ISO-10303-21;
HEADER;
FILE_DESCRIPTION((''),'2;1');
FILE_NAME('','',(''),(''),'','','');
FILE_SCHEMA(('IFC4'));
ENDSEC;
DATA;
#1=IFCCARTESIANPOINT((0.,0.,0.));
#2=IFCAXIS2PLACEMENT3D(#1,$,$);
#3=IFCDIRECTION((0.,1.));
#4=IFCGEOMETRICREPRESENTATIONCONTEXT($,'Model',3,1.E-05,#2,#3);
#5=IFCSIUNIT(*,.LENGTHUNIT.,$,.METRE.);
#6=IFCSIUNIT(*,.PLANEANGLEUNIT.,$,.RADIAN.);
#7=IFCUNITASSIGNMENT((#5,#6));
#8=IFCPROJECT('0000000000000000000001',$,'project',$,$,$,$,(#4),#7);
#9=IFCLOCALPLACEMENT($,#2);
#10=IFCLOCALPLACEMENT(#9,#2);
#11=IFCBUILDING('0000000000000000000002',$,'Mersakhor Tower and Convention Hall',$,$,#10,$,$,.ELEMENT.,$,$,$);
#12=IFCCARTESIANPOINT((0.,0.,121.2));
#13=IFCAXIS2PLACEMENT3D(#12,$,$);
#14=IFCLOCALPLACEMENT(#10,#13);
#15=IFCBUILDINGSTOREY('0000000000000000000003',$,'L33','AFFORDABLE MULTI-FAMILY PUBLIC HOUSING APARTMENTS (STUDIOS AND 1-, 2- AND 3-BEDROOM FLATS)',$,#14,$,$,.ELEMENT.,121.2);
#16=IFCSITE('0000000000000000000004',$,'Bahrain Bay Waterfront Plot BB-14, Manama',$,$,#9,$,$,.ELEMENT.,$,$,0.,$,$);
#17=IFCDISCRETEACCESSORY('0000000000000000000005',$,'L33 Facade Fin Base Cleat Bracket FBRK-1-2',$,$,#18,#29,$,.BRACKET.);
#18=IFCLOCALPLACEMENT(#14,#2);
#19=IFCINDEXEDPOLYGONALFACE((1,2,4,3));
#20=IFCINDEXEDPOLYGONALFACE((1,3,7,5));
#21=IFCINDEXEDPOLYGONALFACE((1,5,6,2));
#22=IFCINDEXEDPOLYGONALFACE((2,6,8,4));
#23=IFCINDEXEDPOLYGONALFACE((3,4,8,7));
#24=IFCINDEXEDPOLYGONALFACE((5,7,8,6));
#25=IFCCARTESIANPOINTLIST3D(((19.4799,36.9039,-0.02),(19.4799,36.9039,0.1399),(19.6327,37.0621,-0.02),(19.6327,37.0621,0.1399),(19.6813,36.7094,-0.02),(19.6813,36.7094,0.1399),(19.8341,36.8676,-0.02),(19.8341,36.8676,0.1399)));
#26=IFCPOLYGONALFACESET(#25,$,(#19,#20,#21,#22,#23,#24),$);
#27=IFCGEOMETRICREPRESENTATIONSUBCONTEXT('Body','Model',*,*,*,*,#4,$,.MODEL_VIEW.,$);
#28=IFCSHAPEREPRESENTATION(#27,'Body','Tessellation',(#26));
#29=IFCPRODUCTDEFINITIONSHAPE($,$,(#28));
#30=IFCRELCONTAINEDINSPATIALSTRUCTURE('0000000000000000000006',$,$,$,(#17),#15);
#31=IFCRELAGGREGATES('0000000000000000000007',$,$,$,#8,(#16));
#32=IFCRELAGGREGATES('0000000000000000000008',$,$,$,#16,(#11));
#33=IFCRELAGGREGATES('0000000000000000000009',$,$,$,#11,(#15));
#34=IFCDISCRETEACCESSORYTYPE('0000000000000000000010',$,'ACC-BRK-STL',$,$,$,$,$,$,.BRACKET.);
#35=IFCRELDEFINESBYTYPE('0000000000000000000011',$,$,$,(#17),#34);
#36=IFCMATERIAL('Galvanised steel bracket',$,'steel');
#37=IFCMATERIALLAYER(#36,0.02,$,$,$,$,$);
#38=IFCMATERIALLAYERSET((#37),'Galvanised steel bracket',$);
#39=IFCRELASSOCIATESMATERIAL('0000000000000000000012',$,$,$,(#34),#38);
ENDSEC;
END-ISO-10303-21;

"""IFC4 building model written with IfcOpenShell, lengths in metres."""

from ifc_helpers import new_model, si_unit, direction, frame, origin, origin_2d, place, context, subcontext, project, spatial, rectangle, extrude, material, layer, layer_set, type_object, element, save


model = new_model("IFC4")

# Units and contexts
model_context = context("Model", 3, precision=1e-05, world=origin(), true_north=direction((0.0, 1.0)))
body_context = subcontext(model_context, "Body", "Model", "MODEL_VIEW")
ifc_project = project(units=[si_unit("LENGTHUNIT", "METRE"), si_unit("PLANEANGLEUNIT", "RADIAN")], contexts=[model_context])

# Site, building, storey
site_placement = place(None, origin())
site = spatial("IfcSite", under=ifc_project, at=site_placement, Name="Bahrain Bay Waterfront Plot BB-14, Manama", CompositionType="ELEMENT", RefElevation=0.0)
building_placement = place(site_placement, origin())
building = spatial("IfcBuilding", under=site, at=building_placement, Name="Mersakhor Tower and Convention Hall", CompositionType="ELEMENT")
storey_placement = place(building_placement, frame((0.0, 0.0, 121.2)))
storey = spatial("IfcBuildingStorey", under=building, at=storey_placement, Name="L33", Description="AFFORDABLE MULTI-FAMILY PUBLIC HOUSING APARTMENTS (STUDIOS AND 1-, 2- AND 3-BEDROOM FLATS)", CompositionType="ELEMENT", Elevation=121.2)

# Discrete accessory
ifc_material_1 = material(Name="Galvanised steel bracket", Category="steel")
ifc_layer_1 = layer(ifc_material_1, 0.02)
ifc_layer_set_1 = layer_set([ifc_layer_1], Name="Galvanised steel bracket")
discrete_accessory_type = type_object("IfcDiscreteAccessoryType", Name="ACC-BRK-STL", PredefinedType="BRACKET", material=ifc_layer_set_1)
discrete_accessory_1_placement = place(storey_placement, frame((19.657, 36.8857, -0.02), z_axis=(0.0, 0.0, 1.0), x_axis=(-0.71934, 0.694658, 0.0)))
element("IfcDiscreteAccessory", 1, at=discrete_accessory_1_placement, inside=storey, type_object=discrete_accessory_type, Name="L33 Facade Fin Base Cleat Bracket FBRK-1-2", PredefinedType="BRACKET", context=body_context, shape_type="SweptSolid", body=[
    extrude(rectangle(XDim=0.28, YDim=0.22, at=origin_2d()), origin(), (0.0, 0.0, 1.0), 0.1599),
])

save(model, "model.ifc")
